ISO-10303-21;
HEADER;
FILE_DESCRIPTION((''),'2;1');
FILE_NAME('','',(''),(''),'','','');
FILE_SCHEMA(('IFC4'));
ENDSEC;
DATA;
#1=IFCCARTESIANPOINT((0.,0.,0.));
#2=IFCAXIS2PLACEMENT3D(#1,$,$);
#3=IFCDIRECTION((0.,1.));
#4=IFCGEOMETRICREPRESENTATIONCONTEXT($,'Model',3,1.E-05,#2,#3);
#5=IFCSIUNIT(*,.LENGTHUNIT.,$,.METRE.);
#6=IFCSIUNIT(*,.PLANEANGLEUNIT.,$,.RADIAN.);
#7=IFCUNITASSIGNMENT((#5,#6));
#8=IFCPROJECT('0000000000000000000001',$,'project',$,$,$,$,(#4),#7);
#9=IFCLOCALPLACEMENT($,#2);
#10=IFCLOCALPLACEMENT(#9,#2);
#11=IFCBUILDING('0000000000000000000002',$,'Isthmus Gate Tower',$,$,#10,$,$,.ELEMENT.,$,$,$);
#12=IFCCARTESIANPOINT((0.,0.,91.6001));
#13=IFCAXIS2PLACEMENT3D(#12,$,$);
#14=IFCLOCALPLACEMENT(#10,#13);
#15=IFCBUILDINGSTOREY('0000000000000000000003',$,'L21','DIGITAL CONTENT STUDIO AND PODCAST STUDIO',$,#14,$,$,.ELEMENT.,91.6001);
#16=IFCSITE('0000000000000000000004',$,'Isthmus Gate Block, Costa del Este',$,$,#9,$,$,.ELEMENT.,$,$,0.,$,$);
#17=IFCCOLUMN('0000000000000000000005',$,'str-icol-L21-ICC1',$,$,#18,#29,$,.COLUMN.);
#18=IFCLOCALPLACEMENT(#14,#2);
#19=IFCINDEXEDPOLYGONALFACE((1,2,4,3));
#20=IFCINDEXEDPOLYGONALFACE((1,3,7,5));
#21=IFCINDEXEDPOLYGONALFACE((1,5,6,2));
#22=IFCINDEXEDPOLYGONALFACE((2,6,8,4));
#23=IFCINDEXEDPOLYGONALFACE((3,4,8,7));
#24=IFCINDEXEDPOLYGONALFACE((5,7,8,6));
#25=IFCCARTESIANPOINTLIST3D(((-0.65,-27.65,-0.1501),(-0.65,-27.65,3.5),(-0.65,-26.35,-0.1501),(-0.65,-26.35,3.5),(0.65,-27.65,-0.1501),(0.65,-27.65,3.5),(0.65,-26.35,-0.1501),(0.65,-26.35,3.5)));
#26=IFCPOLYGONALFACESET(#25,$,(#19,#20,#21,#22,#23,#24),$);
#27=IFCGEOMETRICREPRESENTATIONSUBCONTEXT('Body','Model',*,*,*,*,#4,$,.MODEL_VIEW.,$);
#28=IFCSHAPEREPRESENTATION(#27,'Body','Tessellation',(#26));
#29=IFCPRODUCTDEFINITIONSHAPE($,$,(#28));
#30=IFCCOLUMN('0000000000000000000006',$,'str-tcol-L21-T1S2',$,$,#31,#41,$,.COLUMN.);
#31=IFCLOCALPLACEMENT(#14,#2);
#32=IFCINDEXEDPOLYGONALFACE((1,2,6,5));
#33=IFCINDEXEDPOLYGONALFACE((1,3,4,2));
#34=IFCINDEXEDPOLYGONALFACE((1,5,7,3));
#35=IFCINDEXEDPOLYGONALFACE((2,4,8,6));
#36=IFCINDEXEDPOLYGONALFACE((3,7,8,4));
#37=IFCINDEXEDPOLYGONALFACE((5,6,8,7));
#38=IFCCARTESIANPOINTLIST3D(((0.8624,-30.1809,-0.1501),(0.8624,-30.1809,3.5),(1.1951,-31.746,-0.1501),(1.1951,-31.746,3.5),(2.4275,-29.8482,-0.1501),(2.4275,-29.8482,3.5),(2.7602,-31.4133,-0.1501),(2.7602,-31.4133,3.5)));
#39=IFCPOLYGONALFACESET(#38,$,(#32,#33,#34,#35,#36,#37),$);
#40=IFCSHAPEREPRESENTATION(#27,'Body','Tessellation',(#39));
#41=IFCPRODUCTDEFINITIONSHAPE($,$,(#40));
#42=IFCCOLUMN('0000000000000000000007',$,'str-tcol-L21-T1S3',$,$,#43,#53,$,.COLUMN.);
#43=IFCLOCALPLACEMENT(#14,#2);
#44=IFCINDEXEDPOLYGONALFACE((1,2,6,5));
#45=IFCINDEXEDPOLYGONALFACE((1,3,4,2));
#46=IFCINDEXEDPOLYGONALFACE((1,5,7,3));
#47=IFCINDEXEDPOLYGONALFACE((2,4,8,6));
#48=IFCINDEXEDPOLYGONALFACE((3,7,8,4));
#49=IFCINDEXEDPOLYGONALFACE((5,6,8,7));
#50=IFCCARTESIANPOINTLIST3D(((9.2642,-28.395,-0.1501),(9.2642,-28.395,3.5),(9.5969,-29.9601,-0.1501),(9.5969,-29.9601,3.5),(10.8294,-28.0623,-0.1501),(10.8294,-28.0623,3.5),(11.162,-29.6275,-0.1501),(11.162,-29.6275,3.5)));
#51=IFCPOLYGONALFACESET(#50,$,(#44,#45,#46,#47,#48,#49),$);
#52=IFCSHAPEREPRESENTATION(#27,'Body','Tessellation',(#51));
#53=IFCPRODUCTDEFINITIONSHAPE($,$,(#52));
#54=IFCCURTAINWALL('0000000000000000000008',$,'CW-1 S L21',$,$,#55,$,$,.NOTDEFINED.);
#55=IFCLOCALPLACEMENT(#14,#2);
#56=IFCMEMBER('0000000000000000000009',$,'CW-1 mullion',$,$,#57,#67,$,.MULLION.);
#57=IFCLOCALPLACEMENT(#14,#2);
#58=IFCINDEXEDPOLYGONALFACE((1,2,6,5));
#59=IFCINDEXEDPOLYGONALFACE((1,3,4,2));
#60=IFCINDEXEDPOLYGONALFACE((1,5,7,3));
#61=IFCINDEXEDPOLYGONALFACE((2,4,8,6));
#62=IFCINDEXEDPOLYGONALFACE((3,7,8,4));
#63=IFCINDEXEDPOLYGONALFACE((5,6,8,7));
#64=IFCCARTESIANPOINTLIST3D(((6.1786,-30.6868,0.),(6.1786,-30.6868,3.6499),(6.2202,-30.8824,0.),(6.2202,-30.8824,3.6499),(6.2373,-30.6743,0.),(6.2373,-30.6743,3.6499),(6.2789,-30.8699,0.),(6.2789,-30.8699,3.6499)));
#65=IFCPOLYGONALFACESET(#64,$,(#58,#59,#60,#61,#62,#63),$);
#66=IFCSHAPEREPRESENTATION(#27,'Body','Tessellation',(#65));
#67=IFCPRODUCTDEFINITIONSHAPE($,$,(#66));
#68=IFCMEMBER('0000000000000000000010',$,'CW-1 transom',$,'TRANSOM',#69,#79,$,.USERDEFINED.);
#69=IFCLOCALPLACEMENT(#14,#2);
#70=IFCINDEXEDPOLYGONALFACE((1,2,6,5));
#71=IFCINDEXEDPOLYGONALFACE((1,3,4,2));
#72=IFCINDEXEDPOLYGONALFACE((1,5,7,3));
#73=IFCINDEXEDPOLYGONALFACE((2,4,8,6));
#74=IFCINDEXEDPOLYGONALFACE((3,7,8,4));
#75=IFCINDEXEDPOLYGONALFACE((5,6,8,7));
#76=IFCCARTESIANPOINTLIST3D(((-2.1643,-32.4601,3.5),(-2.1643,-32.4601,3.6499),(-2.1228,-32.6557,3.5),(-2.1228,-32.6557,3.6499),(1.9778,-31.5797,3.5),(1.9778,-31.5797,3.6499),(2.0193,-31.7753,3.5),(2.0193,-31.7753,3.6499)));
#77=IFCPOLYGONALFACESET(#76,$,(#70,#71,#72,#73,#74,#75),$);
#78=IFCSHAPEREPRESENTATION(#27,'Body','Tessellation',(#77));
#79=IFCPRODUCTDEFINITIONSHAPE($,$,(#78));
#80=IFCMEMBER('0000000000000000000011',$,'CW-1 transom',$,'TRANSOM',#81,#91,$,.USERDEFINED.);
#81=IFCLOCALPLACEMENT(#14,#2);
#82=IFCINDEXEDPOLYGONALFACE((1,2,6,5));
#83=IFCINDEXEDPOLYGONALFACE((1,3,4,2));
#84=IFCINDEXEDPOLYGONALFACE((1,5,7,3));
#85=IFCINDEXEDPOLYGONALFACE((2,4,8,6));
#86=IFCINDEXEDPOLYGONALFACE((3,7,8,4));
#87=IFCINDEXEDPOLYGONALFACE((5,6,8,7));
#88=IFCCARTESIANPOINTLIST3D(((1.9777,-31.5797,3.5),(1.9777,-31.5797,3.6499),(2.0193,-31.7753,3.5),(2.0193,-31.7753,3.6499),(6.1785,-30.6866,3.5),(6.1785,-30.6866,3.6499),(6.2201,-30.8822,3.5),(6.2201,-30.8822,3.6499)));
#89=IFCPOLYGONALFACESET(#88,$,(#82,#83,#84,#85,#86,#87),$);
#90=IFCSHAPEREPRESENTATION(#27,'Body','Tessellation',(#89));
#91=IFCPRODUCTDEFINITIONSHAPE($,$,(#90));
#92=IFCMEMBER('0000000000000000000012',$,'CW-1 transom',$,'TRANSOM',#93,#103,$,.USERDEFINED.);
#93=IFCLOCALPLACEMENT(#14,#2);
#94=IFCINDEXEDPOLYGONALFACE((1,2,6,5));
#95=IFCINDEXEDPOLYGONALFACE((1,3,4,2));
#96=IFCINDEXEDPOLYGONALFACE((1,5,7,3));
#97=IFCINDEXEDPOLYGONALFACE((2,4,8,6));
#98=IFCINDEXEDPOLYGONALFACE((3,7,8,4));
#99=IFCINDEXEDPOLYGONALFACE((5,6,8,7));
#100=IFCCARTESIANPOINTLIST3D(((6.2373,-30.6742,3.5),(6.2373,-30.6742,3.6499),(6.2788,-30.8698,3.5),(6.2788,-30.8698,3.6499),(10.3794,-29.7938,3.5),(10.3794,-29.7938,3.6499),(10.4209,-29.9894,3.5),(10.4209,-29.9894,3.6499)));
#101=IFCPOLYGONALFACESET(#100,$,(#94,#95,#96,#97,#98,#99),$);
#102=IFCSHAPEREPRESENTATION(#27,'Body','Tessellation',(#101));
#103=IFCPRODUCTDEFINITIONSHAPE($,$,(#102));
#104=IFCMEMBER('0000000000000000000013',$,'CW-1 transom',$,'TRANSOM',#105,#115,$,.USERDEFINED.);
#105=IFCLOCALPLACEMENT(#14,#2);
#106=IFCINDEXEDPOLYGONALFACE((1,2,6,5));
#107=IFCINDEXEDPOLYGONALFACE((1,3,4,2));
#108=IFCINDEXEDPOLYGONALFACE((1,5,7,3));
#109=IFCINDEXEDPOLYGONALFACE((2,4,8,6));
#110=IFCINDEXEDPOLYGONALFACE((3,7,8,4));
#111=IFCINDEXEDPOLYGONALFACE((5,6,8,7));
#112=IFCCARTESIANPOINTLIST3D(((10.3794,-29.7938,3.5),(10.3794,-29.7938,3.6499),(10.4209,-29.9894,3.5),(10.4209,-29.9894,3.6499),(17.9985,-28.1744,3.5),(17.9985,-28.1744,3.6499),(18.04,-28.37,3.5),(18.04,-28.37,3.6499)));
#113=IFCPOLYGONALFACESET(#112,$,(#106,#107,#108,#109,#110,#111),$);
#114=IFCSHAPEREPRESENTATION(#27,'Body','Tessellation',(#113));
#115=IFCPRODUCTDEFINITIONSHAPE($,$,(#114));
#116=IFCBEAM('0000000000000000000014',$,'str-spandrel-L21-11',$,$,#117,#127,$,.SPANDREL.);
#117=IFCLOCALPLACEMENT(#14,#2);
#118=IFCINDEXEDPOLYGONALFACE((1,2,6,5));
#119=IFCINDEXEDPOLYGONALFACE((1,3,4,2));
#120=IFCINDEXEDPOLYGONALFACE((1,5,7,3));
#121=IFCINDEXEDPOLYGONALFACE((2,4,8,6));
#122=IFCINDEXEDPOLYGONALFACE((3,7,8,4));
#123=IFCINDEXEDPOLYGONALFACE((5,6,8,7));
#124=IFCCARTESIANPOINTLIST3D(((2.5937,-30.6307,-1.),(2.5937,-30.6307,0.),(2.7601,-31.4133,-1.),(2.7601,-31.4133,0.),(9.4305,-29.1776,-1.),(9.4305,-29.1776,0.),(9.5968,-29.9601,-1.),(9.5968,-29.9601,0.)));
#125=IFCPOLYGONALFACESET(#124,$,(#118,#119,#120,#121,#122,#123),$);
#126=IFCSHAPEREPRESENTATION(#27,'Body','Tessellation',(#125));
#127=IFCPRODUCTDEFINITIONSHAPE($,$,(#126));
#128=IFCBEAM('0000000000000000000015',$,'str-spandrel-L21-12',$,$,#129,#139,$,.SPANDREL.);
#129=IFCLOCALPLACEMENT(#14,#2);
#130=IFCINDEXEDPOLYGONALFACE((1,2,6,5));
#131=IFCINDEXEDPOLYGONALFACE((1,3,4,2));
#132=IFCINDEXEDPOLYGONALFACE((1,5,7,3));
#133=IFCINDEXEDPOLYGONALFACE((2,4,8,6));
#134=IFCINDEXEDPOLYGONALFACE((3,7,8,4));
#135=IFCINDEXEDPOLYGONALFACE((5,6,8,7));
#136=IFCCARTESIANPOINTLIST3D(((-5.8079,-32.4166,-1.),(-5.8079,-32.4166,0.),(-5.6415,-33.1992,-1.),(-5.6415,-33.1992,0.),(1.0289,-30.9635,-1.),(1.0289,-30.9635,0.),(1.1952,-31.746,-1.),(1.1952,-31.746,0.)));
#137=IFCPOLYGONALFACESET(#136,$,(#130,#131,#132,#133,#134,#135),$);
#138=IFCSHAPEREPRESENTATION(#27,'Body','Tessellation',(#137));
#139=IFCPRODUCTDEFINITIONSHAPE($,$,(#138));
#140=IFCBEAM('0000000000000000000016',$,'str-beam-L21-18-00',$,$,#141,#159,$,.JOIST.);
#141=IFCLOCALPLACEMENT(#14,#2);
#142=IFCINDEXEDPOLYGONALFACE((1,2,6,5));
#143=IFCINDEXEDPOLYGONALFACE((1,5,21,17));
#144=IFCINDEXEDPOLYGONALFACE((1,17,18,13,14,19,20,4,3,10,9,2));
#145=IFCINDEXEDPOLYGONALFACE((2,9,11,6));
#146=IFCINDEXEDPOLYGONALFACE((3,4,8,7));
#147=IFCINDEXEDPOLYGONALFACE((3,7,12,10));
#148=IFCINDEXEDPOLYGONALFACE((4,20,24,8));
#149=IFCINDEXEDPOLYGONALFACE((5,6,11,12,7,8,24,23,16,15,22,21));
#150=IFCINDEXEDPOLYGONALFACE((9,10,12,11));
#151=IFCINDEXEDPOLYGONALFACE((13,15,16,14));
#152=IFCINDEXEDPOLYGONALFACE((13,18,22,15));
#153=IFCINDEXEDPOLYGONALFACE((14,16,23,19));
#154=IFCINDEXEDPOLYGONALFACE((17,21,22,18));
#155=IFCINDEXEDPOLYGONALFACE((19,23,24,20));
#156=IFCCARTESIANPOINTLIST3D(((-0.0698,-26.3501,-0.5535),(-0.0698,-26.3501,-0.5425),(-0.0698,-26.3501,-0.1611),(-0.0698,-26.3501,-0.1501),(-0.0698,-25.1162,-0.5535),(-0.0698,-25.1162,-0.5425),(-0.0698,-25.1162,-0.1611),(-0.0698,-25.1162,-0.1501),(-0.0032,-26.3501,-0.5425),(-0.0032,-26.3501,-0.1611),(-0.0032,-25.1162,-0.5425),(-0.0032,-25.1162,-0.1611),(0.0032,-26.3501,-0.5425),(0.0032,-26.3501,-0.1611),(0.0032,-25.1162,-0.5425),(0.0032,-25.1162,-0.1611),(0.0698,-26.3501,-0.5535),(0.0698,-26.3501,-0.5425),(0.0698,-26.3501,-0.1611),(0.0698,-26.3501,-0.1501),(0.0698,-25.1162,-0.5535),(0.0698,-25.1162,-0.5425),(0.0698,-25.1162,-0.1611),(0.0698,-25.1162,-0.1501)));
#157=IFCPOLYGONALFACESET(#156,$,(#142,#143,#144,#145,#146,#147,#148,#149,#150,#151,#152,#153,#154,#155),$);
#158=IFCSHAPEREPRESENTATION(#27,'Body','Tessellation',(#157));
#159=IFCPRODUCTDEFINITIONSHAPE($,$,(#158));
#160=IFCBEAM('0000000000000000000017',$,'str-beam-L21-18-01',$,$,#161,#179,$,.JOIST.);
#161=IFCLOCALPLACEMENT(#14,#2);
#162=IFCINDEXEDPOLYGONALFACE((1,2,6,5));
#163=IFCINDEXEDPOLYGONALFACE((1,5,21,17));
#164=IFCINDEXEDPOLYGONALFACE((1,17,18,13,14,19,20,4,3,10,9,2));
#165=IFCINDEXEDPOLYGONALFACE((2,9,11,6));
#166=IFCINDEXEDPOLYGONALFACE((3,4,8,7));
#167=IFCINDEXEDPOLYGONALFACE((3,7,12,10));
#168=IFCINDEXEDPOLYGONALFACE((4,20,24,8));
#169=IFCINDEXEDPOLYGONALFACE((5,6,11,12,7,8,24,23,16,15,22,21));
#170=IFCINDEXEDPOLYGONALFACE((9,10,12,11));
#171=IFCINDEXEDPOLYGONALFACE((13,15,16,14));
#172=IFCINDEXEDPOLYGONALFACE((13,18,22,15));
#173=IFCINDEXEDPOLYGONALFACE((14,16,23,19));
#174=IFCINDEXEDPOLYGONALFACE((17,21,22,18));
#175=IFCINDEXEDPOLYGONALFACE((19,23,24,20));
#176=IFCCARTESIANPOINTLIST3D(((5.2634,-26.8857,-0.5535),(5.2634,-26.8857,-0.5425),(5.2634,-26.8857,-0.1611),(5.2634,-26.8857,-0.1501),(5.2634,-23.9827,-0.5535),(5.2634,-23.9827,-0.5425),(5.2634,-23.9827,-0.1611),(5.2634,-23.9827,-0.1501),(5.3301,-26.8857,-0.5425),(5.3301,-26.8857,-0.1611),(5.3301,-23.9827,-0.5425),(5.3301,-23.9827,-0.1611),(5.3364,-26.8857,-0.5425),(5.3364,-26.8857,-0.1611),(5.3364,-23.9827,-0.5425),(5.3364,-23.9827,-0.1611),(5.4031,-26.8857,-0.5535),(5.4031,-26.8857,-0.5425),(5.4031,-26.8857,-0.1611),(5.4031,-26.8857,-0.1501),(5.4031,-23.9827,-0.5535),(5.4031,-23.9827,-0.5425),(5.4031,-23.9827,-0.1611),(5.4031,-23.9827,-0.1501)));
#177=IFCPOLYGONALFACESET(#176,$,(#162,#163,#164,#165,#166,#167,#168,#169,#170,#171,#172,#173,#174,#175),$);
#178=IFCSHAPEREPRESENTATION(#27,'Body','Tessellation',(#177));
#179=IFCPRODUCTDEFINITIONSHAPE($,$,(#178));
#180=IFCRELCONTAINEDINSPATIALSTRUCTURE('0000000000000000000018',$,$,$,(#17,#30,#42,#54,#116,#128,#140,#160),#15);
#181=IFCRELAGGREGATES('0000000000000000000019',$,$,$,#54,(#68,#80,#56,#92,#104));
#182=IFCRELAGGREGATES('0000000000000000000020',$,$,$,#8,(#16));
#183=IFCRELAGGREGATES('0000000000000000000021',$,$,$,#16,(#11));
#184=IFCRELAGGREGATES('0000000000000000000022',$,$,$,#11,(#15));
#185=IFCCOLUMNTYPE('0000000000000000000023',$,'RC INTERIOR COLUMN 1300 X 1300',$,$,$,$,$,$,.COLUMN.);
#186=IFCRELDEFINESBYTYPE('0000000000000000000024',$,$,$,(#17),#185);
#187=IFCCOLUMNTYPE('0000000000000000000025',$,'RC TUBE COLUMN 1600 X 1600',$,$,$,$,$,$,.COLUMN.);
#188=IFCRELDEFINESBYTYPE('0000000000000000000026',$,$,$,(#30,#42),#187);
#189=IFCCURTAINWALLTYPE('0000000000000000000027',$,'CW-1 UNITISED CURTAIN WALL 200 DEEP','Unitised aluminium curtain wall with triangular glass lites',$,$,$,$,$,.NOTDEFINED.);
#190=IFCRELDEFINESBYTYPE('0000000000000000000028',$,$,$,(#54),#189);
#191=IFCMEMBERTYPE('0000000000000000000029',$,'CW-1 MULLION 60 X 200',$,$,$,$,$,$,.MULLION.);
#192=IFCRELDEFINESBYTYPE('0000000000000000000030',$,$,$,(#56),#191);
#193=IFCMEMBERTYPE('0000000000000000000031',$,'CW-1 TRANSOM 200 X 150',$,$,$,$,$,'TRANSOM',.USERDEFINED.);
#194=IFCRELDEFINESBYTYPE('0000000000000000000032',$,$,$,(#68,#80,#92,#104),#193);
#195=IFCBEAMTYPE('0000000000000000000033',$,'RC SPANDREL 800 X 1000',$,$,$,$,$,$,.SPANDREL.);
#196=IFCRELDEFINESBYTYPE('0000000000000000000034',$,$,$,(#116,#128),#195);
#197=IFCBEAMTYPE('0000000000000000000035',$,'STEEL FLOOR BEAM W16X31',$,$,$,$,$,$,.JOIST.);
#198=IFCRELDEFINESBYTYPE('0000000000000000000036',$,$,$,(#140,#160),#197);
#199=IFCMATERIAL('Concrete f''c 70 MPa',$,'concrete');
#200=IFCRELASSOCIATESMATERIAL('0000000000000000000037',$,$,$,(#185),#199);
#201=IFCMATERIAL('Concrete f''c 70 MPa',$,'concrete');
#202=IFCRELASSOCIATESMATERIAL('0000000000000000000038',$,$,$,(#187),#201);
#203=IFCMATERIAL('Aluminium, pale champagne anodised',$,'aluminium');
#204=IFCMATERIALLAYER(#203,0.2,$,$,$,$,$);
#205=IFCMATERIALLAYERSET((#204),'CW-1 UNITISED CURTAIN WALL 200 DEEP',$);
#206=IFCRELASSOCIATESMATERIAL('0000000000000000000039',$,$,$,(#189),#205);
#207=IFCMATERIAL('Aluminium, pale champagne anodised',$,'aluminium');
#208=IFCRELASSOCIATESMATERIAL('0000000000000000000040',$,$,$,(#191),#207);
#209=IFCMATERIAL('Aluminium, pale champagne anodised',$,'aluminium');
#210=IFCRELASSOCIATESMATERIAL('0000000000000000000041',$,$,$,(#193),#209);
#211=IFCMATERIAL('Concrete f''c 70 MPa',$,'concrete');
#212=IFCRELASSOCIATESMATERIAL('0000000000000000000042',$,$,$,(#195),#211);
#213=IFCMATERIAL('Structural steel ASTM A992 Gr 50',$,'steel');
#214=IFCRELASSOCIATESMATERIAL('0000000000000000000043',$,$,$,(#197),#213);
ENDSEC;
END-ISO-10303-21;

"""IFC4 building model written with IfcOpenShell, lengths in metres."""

from ifc_helpers import new_model, si_unit, direction, frame, origin, origin_2d, place, context, subcontext, project, spatial, rectangle, i_section, extrude, material, layer, layer_set, material_profile, profile_set, type_object, element, aggregate, save


model = new_model("IFC4")

# Units and contexts
model_context = context("Model", 3, precision=1e-05, world=origin(), true_north=direction((0.0, 1.0)))
body_context = subcontext(model_context, "Body", "Model", "MODEL_VIEW")
ifc_project = project(units=[si_unit("LENGTHUNIT", "METRE"), si_unit("PLANEANGLEUNIT", "RADIAN")], contexts=[model_context])

# Site, building, storey
site_placement = place(None, origin())
site = spatial("IfcSite", under=ifc_project, at=site_placement, Name="Isthmus Gate Block, Costa del Este", CompositionType="ELEMENT", RefElevation=0.0)
building_placement = place(site_placement, origin())
building = spatial("IfcBuilding", under=site, at=building_placement, Name="Isthmus Gate Tower", CompositionType="ELEMENT")
storey_placement = place(building_placement, frame((0.0, 0.0, 91.6001)))
storey = spatial("IfcBuildingStorey", under=building, at=storey_placement, Name="L21", Description="DIGITAL CONTENT STUDIO AND PODCAST STUDIO", CompositionType="ELEMENT", Elevation=91.6001)

# Columns
ifc_material_1 = material(Name="Concrete f'c 70 MPa", Category="concrete")
ifc_material_profile_1 = material_profile(ifc_material_1, rectangle(XDim=1.3, YDim=1.3, at=origin_2d()), Name="RC 1300X1300")
ifc_profile_set_1 = profile_set([ifc_material_profile_1], Name="Concrete f'c 70 MPa")
column_type_1 = type_object("IfcColumnType", Name="RC INTERIOR COLUMN 1300 X 1300", PredefinedType="COLUMN", material=ifc_profile_set_1)
column_placement = place(storey_placement, frame((0.0, -27.0, -0.1501), z_axis=(0.0, 0.0, 1.0), x_axis=(1.0, 0.0, 0.0)))
element("IfcColumn", 1, at=column_placement, inside=storey, type_object=column_type_1, Name="str-icol-L21-ICC1", PredefinedType="COLUMN", context=body_context, shape_type="SweptSolid", body=[
    extrude(rectangle(XDim=1.3, YDim=1.3, at=origin_2d()), origin(), (0.0, 0.0, 1.0), 3.6501),
])
ifc_material_2 = material(Name="Concrete f'c 70 MPa", Category="concrete")
ifc_material_profile_2 = material_profile(ifc_material_2, rectangle(XDim=1.6001, YDim=1.6001, at=origin_2d()), Name="RC 1600X1600")
ifc_profile_set_2 = profile_set([ifc_material_profile_2], Name="Concrete f'c 70 MPa")
column_type_2 = type_object("IfcColumnType", Name="RC TUBE COLUMN 1600 X 1600", PredefinedType="COLUMN", material=ifc_profile_set_2)
for number, where, z_axis, x_axis, name in (
    (2, (1.8113, -30.7971, -0.1501), (0.0, 0.0, 1.0), (0.978148, 0.207912, 0.0), "str-tcol-L21-T1S2"),
    (3, (10.2131, -29.0112, -0.1501), (0.0, 0.0, 1.0), (0.978148, 0.207912, 0.0), "str-tcol-L21-T1S3"),
):
    element("IfcColumn", number, at=place(storey_placement, frame(where, z_axis=z_axis, x_axis=x_axis)), inside=storey, type_object=column_type_2, Name=name, PredefinedType="COLUMN", context=body_context, shape_type="SweptSolid", body=[
        extrude(rectangle(XDim=1.6001, YDim=1.6001, at=origin_2d()), origin(), (0.0, 0.0, 1.0), 3.6501),
    ])

# Curtain wall, members
ifc_material_3 = material(Name="Aluminium, pale champagne anodised", Category="aluminium")
ifc_layer_1 = layer(ifc_material_3, 0.2)
ifc_layer_set_1 = layer_set([ifc_layer_1], Name="CW-1 UNITISED CURTAIN WALL 200 DEEP")
curtain_wall_type = type_object("IfcCurtainWallType", Name="CW-1 UNITISED CURTAIN WALL 200 DEEP", Description="Unitised aluminium curtain wall with triangular glass lites", PredefinedType="NOTDEFINED", material=ifc_layer_set_1)
curtain_wall_placement = place(storey_placement, origin())
curtain_wall = element("IfcCurtainWall", 4, at=curtain_wall_placement, inside=storey, type_object=curtain_wall_type, Name="CW-1 S L21", PredefinedType="NOTDEFINED")
ifc_material_4 = material(Name="Aluminium, pale champagne anodised", Category="aluminium")
ifc_material_profile_3 = material_profile(ifc_material_4, rectangle(XDim=0.0601, YDim=0.2, at=origin_2d()), Name="60x200")
ifc_profile_set_3 = profile_set([ifc_material_profile_3], Name="Aluminium, pale champagne anodised")
member_type_1 = type_object("IfcMemberType", Name="CW-1 MULLION 60 X 200", PredefinedType="MULLION", material=ifc_profile_set_3)
member_1_placement = place(storey_placement, frame((6.2288, -30.7783, 0.0), z_axis=(0.0, 0.0, 1.0), x_axis=(0.978148, 0.207912, 0.0)))
member_1 = element("IfcMember", 5, at=member_1_placement, type_object=member_type_1, Name="CW-1 mullion", PredefinedType="MULLION", context=body_context, shape_type="SweptSolid", body=[
    extrude(rectangle(XDim=0.0601, YDim=0.2, at=origin_2d()), origin(), (0.0, 0.0, 1.0), 3.6499),
])
ifc_material_5 = material(Name="Aluminium, pale champagne anodised", Category="aluminium")
ifc_material_profile_4 = material_profile(ifc_material_5, rectangle(XDim=0.2, YDim=0.1499, at=origin_2d()), Name="200x150")
ifc_profile_set_4 = profile_set([ifc_material_profile_4], Name="Aluminium, pale champagne anodised")
member_type_2 = type_object("IfcMemberType", Name="CW-1 TRANSOM 200 X 150", ElementType="TRANSOM", PredefinedType="USERDEFINED", material=ifc_profile_set_4)
member_2_placement = place(storey_placement, frame((-2.1436, -32.5579, 3.575), z_axis=(0.97815, 0.207899, 0.0), x_axis=(-0.207899, 0.97815, 0.0)))
member_2 = element("IfcMember", 6, at=member_2_placement, type_object=member_type_2, Name="CW-1 transom", ObjectType="TRANSOM", PredefinedType="USERDEFINED", context=body_context, shape_type="SweptSolid", body=[
    extrude(rectangle(XDim=0.2, YDim=0.1499, at=origin_2d()), origin(), (0.0, 0.0, 1.0), 4.2346),
])
member_3_placement = place(storey_placement, frame((1.9985, -31.6775, 3.575), z_axis=(0.978139, 0.207953, 0.0), x_axis=(-0.207953, 0.978139, 0.0)))
member_3 = element("IfcMember", 7, at=member_3_placement, type_object=member_type_2, Name="CW-1 transom", ObjectType="TRANSOM", PredefinedType="USERDEFINED", context=body_context, shape_type="SweptSolid", body=[
    extrude(rectangle(XDim=0.2, YDim=0.1499, at=origin_2d()), origin(), (0.0, 0.0, 1.0), 4.2947),
])
member_4_placement = place(storey_placement, frame((6.2581, -30.772, 3.575), z_axis=(0.97815, 0.207899, 0.0), x_axis=(-0.207899, 0.97815, 0.0)))
member_4 = element("IfcMember", 8, at=member_4_placement, type_object=member_type_2, Name="CW-1 transom", ObjectType="TRANSOM", PredefinedType="USERDEFINED", context=body_context, shape_type="SweptSolid", body=[
    extrude(rectangle(XDim=0.2, YDim=0.1499, at=origin_2d()), origin(), (0.0, 0.0, 1.0), 4.2346),
])
member_5_placement = place(storey_placement, frame((10.4001, -29.8916, 3.575), z_axis=(0.978151, 0.207898, 0.0), x_axis=(-0.207898, 0.978151, 0.0)))
member_5 = element("IfcMember", 9, at=member_5_placement, type_object=member_type_2, Name="CW-1 transom", ObjectType="TRANSOM", PredefinedType="USERDEFINED", context=body_context, shape_type="SweptSolid", body=[
    extrude(rectangle(XDim=0.2, YDim=0.1499, at=origin_2d()), origin(), (0.0, 0.0, 1.0), 7.7893),
])

# Beams
ifc_material_6 = material(Name="Concrete f'c 70 MPa", Category="concrete")
ifc_material_profile_5 = material_profile(ifc_material_6, rectangle(XDim=0.8, YDim=1.0, at=origin_2d()), Name="RC 800X1000")
ifc_profile_set_5 = profile_set([ifc_material_profile_5], Name="Concrete f'c 70 MPa")
beam_type_1 = type_object("IfcBeamType", Name="RC SPANDREL 800 X 1000", PredefinedType="SPANDREL", material=ifc_profile_set_5)
for number, where, z_axis, x_axis, name in (
    (10, (9.5137, -29.5688, -0.5), (-0.978149, -0.207904, 0.0), (0.207904, -0.978149, 0.0), "str-spandrel-L21-11"),
    (11, (1.1121, -31.3547, -0.5), (-0.978149, -0.207904, 0.0), (0.207904, -0.978149, 0.0), "str-spandrel-L21-12"),
):
    element("IfcBeam", number, at=place(storey_placement, frame(where, z_axis=z_axis, x_axis=x_axis)), inside=storey, type_object=beam_type_1, Name=name, PredefinedType="SPANDREL", context=body_context, shape_type="SweptSolid", body=[
        extrude(rectangle(XDim=0.8, YDim=1.0, at=origin_2d()), origin(), (0.0, 0.0, 1.0), 6.9895),
    ])
ifc_material_7 = material(Name="Structural steel ASTM A992 Gr 50", Category="steel")
ifc_material_profile_6 = material_profile(ifc_material_7, i_section(OverallWidth=0.1396, OverallDepth=0.4033, WebThickness=0.0063, FlangeThickness=0.011, at=origin_2d()), Name="W16X31")
ifc_profile_set_6 = profile_set([ifc_material_profile_6], Name="Structural steel ASTM A992 Gr 50")
beam_type_2 = type_object("IfcBeamType", Name="STEEL FLOOR BEAM W16X31", PredefinedType="JOIST", material=ifc_profile_set_6)
beam_1_placement = place(storey_placement, frame((0.0, -26.3501, -0.3518), z_axis=(0.0, 1.0, 0.0), x_axis=(-1.0, 0.0, 0.0)))
element("IfcBeam", 12, at=beam_1_placement, inside=storey, type_object=beam_type_2, Name="str-beam-L21-18-00", PredefinedType="JOIST", context=body_context, shape_type="SweptSolid", body=[
    extrude(i_section(OverallWidth=0.1396, OverallDepth=0.4033, WebThickness=0.0063, FlangeThickness=0.011, at=origin_2d()), origin(), (0.0, 0.0, 1.0), 1.2339),
])
beam_2_placement = place(storey_placement, frame((5.3333, -26.8857, -0.3518), z_axis=(0.0, 1.0, 0.0), x_axis=(-1.0, 0.0, 0.0)))
element("IfcBeam", 13, at=beam_2_placement, inside=storey, type_object=beam_type_2, Name="str-beam-L21-18-01", PredefinedType="JOIST", context=body_context, shape_type="SweptSolid", body=[
    extrude(i_section(OverallWidth=0.1396, OverallDepth=0.4033, WebThickness=0.0063, FlangeThickness=0.011, at=origin_2d()), origin(), (0.0, 0.0, 1.0), 2.9031),
])

aggregate(curtain_wall, [member_2, member_3, member_1, member_4, member_5])

save(model, "model.ifc")
